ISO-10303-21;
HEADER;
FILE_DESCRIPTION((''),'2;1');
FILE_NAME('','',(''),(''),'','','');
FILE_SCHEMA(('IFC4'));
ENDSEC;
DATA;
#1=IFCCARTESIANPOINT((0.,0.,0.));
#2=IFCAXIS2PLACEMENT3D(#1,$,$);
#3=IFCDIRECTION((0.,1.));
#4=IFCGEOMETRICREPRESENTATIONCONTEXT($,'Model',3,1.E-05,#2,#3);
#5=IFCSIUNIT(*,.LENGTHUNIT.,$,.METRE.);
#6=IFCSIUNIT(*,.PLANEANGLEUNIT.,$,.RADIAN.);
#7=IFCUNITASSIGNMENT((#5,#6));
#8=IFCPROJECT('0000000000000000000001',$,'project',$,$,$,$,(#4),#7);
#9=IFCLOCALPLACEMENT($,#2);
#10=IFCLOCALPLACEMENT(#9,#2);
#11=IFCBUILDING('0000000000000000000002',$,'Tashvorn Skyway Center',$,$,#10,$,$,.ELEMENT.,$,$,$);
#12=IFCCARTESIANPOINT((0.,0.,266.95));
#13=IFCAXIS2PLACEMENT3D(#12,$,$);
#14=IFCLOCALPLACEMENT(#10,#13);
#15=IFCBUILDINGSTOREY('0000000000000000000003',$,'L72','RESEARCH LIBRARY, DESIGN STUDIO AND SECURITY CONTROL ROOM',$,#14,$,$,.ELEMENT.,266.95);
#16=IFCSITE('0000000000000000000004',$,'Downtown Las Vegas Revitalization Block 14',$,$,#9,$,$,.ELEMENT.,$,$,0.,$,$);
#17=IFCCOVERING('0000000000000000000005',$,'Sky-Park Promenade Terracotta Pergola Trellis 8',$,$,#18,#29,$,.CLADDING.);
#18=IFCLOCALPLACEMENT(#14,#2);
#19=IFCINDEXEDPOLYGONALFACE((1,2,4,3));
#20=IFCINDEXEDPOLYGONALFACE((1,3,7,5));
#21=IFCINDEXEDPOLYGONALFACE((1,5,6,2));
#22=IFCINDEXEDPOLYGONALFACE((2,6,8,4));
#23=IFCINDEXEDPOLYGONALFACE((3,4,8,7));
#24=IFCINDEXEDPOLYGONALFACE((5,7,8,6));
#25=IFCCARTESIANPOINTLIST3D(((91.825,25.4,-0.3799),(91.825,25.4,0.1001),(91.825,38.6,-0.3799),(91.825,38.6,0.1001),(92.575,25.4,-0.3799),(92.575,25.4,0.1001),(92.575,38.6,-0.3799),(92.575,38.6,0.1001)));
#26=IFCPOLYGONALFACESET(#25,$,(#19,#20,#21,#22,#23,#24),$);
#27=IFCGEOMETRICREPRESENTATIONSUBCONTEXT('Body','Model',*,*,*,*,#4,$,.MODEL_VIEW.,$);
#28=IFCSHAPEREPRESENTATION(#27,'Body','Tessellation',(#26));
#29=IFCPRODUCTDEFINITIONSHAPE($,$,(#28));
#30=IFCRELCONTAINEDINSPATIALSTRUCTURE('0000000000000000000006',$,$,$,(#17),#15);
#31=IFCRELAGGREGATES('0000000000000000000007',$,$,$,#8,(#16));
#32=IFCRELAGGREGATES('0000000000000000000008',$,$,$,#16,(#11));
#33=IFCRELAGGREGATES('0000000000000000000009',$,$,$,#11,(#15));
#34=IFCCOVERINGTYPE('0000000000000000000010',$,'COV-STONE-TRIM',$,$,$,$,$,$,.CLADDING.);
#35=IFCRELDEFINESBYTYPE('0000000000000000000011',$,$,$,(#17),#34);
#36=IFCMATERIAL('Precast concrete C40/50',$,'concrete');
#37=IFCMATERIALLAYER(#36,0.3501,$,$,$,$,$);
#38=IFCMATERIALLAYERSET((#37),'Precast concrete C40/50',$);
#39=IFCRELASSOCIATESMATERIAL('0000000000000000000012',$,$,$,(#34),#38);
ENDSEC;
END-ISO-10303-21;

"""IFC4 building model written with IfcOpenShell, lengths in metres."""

from ifc_helpers import new_model, si_unit, direction, frame, origin, origin_2d, place, context, subcontext, project, spatial, rectangle, extrude, material, layer, layer_set, type_object, element, save


model = new_model("IFC4")

# Units and contexts
model_context = context("Model", 3, precision=1e-05, world=origin(), true_north=direction((0.0, 1.0)))
body_context = subcontext(model_context, "Body", "Model", "MODEL_VIEW")
ifc_project = project(units=[si_unit("LENGTHUNIT", "METRE"), si_unit("PLANEANGLEUNIT", "RADIAN")], contexts=[model_context])

# Site, building, storey
site_placement = place(None, origin())
site = spatial("IfcSite", under=ifc_project, at=site_placement, Name="Downtown Las Vegas Revitalization Block 14", CompositionType="ELEMENT", RefElevation=0.0)
building_placement = place(site_placement, origin())
building = spatial("IfcBuilding", under=site, at=building_placement, Name="Tashvorn Skyway Center", CompositionType="ELEMENT")
storey_placement = place(building_placement, frame((0.0, 0.0, 266.95)))
storey = spatial("IfcBuildingStorey", under=building, at=storey_placement, Name="L72", Description="RESEARCH LIBRARY, DESIGN STUDIO AND SECURITY CONTROL ROOM", CompositionType="ELEMENT", Elevation=266.95)

# Shared definitions
ifc_material_1 = material(Name="Precast concrete C40/50", Category="concrete")

# Covering
ifc_layer_1 = layer(ifc_material_1, 0.3501)
ifc_layer_set_1 = layer_set([ifc_layer_1], Name="Precast concrete C40/50")
covering_type_1 = type_object("IfcCoveringType", Name="COV-STONE-TRIM", PredefinedType="CLADDING", material=ifc_layer_set_1)
for number, where, z_axis, x_axis, name in (
    (1, (92.2, 32.0, -0.3799), (0.0, 0.0, 1.0), (1.0, 0.0, 0.0), "Sky-Park Promenade Terracotta Pergola Trellis 8"),
):
    element("IfcCovering", number, at=place(storey_placement, frame(where, z_axis=z_axis, x_axis=x_axis)), inside=storey, type_object=covering_type_1, Name=name, PredefinedType="CLADDING", context=body_context, shape_type="SweptSolid", body=[
        extrude(rectangle(XDim=0.75, YDim=13.2, at=origin_2d()), origin(), (0.0, 0.0, 1.0), 0.48),
    ])

save(model, "model.ifc")
